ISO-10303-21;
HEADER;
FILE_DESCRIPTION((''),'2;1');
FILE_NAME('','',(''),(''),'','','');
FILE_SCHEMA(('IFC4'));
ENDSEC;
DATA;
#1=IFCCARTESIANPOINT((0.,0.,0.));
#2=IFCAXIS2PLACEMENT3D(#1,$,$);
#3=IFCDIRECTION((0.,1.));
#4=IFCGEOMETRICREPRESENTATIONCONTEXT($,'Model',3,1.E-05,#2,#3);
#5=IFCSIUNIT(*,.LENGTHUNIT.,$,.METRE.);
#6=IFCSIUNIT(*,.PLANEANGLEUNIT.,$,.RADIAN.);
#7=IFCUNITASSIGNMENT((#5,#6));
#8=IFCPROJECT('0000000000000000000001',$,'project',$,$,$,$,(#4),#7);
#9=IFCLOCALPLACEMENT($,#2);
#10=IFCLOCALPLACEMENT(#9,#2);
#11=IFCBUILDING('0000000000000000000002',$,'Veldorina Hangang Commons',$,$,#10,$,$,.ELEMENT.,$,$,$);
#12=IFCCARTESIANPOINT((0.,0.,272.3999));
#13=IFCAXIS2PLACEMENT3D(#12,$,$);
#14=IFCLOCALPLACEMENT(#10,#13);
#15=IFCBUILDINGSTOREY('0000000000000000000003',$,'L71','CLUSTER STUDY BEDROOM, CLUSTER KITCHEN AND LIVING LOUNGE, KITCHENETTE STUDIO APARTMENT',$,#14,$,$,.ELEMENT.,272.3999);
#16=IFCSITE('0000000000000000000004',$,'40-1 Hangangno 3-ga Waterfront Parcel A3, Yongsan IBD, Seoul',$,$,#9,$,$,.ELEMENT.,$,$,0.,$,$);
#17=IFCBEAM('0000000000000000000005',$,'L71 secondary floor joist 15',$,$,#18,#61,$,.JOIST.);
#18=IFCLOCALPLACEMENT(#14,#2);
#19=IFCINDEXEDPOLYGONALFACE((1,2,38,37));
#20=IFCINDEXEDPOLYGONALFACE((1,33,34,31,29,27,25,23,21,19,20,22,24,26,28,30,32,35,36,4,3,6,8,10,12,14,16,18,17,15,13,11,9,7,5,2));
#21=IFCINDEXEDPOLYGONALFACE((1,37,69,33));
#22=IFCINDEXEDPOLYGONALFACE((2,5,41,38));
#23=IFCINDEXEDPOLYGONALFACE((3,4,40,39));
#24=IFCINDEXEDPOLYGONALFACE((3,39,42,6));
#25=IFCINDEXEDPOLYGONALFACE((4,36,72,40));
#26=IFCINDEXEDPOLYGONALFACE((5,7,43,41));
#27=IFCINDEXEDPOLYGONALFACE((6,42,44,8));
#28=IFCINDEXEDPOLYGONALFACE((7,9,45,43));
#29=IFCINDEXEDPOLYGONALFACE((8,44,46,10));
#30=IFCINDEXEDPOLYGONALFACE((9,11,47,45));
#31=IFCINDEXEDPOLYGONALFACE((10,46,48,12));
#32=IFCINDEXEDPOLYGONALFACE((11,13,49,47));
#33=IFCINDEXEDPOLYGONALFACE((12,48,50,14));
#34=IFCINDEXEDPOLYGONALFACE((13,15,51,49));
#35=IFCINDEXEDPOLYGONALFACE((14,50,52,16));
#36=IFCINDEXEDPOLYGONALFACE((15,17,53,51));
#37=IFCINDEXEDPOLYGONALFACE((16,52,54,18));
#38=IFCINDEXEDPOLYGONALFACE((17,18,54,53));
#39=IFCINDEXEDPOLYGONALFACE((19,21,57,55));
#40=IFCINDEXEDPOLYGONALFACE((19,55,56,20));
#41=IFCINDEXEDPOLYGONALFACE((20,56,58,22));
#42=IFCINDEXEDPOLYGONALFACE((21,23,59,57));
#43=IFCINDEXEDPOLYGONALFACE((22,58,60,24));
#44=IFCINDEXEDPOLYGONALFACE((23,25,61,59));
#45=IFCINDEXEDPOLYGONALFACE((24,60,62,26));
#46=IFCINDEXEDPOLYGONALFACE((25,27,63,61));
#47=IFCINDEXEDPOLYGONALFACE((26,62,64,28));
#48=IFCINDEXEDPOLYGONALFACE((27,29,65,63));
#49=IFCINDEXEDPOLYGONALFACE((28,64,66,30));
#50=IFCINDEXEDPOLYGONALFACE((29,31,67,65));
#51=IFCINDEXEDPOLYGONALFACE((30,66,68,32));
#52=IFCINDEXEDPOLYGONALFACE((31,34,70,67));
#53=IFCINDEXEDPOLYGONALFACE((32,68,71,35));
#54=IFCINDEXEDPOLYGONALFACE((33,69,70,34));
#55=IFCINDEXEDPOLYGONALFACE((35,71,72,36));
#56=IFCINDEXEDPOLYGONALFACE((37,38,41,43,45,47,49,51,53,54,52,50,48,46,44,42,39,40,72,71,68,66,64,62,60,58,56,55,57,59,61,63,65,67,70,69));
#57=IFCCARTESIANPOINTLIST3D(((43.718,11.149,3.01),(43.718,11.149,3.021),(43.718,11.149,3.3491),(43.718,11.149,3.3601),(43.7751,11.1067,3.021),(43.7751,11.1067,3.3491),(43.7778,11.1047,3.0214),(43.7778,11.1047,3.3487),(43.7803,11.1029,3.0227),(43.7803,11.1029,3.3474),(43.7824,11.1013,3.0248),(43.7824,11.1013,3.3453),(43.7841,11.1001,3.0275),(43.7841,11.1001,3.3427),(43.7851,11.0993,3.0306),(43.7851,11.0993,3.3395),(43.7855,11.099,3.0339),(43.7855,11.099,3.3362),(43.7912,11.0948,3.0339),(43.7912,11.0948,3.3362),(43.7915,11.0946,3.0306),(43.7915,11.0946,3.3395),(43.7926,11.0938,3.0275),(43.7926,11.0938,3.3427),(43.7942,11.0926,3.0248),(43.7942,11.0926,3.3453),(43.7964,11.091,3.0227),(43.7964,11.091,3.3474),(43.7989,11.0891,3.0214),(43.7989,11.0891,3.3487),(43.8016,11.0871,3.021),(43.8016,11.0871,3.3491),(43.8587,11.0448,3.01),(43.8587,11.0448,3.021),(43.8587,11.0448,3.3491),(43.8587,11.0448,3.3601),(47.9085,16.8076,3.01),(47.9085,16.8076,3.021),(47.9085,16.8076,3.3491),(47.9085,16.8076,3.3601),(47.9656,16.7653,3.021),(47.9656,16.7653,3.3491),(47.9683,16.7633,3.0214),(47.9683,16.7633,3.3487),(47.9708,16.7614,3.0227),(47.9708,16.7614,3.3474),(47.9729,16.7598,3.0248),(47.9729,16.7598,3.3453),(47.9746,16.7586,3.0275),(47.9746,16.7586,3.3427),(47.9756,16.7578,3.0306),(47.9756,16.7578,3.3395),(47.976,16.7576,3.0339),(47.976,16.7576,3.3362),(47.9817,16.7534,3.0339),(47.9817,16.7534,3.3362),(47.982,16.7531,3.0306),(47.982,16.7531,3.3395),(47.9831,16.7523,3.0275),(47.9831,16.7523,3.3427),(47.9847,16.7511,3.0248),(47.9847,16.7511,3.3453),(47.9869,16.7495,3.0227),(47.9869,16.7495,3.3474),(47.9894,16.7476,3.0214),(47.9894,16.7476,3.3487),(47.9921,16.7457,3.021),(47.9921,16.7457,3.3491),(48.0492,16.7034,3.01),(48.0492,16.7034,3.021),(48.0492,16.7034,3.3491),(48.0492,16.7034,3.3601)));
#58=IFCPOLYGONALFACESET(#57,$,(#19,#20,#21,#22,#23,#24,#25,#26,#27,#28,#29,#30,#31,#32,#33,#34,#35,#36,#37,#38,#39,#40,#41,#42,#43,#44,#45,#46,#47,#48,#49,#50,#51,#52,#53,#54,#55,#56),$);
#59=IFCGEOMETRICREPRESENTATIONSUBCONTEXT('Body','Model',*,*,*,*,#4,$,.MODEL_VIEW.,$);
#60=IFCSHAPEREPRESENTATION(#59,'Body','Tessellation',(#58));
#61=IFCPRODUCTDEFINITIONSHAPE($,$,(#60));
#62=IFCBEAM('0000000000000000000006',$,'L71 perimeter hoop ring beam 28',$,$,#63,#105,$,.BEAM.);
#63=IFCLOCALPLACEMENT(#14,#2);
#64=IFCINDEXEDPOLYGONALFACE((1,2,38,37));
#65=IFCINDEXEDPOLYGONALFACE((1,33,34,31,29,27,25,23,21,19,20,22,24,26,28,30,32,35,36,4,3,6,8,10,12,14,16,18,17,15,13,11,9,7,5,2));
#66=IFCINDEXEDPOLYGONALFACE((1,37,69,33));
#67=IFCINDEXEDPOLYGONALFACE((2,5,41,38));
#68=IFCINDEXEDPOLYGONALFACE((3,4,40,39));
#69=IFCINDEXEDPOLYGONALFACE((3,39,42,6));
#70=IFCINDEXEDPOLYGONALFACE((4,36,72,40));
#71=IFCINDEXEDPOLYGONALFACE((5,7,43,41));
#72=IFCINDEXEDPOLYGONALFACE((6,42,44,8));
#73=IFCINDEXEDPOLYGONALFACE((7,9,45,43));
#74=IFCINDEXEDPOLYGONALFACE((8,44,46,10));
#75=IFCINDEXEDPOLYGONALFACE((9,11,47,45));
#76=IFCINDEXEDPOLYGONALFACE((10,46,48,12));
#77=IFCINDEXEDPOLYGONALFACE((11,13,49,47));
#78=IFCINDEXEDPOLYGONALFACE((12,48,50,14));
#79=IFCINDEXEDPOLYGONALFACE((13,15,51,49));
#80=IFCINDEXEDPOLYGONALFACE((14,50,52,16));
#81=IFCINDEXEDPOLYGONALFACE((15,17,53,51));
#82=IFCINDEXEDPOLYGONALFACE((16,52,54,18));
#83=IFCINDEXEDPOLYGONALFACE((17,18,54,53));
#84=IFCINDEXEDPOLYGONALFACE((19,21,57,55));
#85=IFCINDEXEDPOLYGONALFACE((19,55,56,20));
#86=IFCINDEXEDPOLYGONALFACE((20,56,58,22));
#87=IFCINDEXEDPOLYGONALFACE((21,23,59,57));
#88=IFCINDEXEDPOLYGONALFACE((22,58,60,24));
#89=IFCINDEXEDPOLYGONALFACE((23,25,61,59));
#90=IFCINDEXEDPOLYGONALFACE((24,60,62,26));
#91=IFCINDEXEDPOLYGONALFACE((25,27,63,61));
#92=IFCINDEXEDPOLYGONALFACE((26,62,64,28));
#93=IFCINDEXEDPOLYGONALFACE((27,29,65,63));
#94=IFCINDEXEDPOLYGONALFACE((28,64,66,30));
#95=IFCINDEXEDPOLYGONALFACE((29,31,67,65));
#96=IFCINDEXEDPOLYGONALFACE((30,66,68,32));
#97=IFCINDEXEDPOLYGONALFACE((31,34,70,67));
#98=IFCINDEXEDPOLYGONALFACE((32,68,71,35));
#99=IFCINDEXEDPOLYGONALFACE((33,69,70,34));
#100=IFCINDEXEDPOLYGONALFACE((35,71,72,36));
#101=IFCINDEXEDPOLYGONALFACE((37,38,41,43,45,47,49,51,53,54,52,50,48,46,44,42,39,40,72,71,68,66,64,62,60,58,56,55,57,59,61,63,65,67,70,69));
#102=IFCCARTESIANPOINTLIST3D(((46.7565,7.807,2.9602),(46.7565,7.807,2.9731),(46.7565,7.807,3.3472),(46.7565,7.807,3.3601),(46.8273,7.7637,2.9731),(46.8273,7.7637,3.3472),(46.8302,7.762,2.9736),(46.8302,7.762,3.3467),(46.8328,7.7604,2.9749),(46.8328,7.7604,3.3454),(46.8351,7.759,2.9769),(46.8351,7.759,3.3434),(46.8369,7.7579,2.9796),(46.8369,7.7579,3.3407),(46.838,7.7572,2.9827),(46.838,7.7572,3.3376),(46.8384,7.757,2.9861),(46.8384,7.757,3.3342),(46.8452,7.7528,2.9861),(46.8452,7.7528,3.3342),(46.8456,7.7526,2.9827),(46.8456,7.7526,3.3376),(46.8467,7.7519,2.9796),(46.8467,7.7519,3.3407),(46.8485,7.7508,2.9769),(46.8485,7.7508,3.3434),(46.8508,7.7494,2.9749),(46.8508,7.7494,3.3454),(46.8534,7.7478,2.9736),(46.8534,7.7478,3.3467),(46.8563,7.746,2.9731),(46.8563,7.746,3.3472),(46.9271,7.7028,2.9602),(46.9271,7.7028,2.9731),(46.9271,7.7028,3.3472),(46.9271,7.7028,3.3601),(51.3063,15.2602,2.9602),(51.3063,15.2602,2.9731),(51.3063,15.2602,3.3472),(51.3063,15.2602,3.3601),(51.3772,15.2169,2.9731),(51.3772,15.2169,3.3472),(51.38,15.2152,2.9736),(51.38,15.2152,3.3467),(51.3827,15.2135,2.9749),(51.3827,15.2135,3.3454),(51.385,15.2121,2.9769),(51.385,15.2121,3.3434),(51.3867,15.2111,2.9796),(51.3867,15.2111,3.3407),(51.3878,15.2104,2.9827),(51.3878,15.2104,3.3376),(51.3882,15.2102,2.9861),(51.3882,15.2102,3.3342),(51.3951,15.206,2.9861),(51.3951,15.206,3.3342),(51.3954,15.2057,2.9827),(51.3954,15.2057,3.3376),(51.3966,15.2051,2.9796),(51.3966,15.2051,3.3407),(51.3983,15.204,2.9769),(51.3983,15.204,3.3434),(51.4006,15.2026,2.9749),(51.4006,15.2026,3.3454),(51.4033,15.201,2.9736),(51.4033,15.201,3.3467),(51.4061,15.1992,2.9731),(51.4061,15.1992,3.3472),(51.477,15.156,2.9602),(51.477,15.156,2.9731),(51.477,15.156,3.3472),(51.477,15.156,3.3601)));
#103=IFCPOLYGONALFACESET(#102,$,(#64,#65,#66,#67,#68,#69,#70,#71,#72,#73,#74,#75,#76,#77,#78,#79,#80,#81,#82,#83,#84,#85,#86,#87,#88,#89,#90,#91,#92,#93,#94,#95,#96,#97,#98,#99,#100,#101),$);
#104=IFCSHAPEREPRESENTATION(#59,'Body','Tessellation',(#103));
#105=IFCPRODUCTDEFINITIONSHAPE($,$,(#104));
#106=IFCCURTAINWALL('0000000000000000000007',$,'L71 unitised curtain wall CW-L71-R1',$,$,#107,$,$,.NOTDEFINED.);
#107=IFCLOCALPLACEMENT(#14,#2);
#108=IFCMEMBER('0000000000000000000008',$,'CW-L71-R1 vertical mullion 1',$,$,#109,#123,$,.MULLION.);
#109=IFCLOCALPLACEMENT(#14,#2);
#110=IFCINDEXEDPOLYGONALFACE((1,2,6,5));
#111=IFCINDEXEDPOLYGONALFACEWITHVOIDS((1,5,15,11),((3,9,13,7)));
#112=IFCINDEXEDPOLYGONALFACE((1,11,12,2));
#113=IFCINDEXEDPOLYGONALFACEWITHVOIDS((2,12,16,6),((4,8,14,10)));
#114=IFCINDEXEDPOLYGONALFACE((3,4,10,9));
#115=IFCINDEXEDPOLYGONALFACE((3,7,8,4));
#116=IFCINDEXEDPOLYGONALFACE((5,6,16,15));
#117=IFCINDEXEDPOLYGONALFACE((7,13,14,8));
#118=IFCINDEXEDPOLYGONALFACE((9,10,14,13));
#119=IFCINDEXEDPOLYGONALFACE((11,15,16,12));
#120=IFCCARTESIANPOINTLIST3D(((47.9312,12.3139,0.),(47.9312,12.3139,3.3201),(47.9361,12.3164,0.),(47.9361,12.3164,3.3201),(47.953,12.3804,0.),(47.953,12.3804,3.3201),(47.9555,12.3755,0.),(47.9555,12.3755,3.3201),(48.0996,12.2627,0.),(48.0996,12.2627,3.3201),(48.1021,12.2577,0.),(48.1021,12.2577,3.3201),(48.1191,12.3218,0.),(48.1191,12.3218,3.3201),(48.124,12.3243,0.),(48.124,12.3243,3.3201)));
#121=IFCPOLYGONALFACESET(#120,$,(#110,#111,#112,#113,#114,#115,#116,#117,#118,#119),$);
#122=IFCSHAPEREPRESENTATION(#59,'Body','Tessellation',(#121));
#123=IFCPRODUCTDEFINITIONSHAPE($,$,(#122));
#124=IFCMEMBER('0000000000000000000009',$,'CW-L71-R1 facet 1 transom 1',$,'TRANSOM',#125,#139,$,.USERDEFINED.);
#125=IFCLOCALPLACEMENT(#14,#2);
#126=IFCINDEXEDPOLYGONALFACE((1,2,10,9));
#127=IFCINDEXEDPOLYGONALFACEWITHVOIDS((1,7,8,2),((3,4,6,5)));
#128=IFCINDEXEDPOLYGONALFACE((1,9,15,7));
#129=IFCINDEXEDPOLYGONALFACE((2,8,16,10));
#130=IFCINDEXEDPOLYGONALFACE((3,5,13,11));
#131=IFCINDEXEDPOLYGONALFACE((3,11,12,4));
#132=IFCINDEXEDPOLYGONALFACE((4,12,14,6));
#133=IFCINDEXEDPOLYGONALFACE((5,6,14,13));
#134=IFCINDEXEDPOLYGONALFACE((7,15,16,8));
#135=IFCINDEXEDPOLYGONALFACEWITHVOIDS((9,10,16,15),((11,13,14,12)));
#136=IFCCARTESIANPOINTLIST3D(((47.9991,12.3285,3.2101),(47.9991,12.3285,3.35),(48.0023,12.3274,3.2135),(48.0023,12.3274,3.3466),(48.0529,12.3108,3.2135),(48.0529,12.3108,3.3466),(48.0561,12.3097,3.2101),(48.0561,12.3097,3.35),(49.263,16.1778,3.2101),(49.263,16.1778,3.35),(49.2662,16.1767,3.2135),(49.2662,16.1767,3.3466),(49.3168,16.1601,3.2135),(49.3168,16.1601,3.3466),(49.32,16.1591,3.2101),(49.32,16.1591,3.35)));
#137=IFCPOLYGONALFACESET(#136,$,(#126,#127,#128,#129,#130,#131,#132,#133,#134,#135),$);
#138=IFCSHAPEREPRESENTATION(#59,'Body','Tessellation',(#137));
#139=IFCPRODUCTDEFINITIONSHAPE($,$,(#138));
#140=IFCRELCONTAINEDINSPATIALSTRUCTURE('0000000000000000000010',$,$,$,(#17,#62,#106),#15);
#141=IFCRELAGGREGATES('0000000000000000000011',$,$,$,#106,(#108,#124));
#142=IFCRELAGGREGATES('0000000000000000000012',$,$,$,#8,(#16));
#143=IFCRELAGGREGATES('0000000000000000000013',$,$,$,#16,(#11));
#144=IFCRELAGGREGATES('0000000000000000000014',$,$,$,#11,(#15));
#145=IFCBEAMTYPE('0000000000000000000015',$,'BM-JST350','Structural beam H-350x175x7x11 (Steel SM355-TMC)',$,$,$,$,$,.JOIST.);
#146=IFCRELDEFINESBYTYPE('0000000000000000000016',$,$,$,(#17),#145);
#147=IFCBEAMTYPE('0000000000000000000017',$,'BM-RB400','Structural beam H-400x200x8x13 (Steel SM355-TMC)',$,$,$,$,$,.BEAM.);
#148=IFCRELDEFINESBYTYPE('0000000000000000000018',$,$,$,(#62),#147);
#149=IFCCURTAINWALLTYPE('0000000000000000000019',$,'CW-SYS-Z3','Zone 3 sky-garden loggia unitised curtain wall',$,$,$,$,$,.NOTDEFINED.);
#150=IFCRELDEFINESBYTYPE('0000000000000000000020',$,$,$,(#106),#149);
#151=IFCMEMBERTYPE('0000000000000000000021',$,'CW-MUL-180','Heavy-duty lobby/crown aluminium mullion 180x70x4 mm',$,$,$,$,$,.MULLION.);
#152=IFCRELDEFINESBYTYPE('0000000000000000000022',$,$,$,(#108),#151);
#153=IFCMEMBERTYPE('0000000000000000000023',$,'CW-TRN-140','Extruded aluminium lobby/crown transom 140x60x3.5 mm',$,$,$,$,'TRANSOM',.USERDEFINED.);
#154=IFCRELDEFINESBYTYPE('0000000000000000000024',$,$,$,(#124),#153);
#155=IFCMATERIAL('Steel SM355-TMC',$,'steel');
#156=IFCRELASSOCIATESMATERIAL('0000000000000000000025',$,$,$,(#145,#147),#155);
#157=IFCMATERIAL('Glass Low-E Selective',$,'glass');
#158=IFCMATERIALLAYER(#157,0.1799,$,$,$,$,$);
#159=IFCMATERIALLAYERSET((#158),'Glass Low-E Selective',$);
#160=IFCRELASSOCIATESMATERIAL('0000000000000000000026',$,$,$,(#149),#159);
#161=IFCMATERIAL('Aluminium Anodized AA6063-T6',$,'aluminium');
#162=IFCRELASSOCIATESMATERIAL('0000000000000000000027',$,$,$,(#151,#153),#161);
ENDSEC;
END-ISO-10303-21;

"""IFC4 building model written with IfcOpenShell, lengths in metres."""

from ifc_helpers import new_model, si_unit, direction, frame, origin, origin_2d, place, context, subcontext, project, spatial, hollow_rectangle, i_section, extrude, material, layer, layer_set, material_profile, profile_set, type_object, element, aggregate, save


model = new_model("IFC4")

# Units and contexts
model_context = context("Model", 3, precision=1e-05, world=origin(), true_north=direction((0.0, 1.0)))
body_context = subcontext(model_context, "Body", "Model", "MODEL_VIEW")
ifc_project = project(units=[si_unit("LENGTHUNIT", "METRE"), si_unit("PLANEANGLEUNIT", "RADIAN")], contexts=[model_context])

# Site, building, storey
site_placement = place(None, origin())
site = spatial("IfcSite", under=ifc_project, at=site_placement, Name="40-1 Hangangno 3-ga Waterfront Parcel A3, Yongsan IBD, Seoul", CompositionType="ELEMENT", RefElevation=0.0)
building_placement = place(site_placement, origin())
building = spatial("IfcBuilding", under=site, at=building_placement, Name="Veldorina Hangang Commons", CompositionType="ELEMENT")
storey_placement = place(building_placement, frame((0.0, 0.0, 272.3999)))
storey = spatial("IfcBuildingStorey", under=building, at=storey_placement, Name="L71", Description="CLUSTER STUDY BEDROOM, CLUSTER KITCHEN AND LIVING LOUNGE, KITCHENETTE STUDIO APARTMENT", CompositionType="ELEMENT", Elevation=272.3999)

# Beams
ifc_material_1 = material(Name="Steel SM355-TMC", Category="steel")
ifc_material_profile_1 = material_profile(ifc_material_1, i_section(OverallWidth=0.175, OverallDepth=0.3501, WebThickness=0.0071, FlangeThickness=0.011, FilletRadius=0.0129, at=origin_2d()), Name="H-350x175x7x11")
ifc_profile_set_1 = profile_set([ifc_material_profile_1], Name="Steel SM355-TMC")
beam_type_1 = type_object("IfcBeamType", Name="BM-JST350", Description="Structural beam H-350x175x7x11 (Steel SM355-TMC)", PredefinedType="JOIST", material=ifc_profile_set_1)
beam_1_placement = place(storey_placement, frame((43.7883, 11.0969, 3.1851), z_axis=(0.595135, 0.803626, 0.0), x_axis=(-0.803626, 0.595135, 0.0)))
element("IfcBeam", 1, at=beam_1_placement, inside=storey, type_object=beam_type_1, Name="L71 secondary floor joist 15", PredefinedType="JOIST", context=body_context, shape_type="SweptSolid", body=[
    extrude(i_section(OverallWidth=0.175, OverallDepth=0.3501, WebThickness=0.0071, FlangeThickness=0.011, FilletRadius=0.0129, at=origin_2d()), origin(), (0.0, 0.0, 1.0), 7.0413),
])
ifc_material_profile_2 = material_profile(ifc_material_1, i_section(OverallWidth=0.2, OverallDepth=0.3999, WebThickness=0.0081, FlangeThickness=0.0129, FilletRadius=0.0129, at=origin_2d()), Name="H-400x200x8x13")
ifc_profile_set_2 = profile_set([ifc_material_profile_2], Name="Steel SM355-TMC")
beam_type_2 = type_object("IfcBeamType", Name="BM-RB400", Description="Structural beam H-400x200x8x13 (Steel SM355-TMC)", PredefinedType="BEAM", material=ifc_profile_set_2)
beam_2_placement = place(storey_placement, frame((46.8418, 7.7549, 3.1602), z_axis=(0.521043, 0.853531, 0.0), x_axis=(-0.853531, 0.521043, 0.0)))
element("IfcBeam", 2, at=beam_2_placement, inside=storey, type_object=beam_type_2, Name="L71 perimeter hoop ring beam 28", PredefinedType="BEAM", context=body_context, shape_type="SweptSolid", body=[
    extrude(i_section(OverallWidth=0.2, OverallDepth=0.3999, WebThickness=0.0081, FlangeThickness=0.0129, FilletRadius=0.0129, at=origin_2d()), origin(), (0.0, 0.0, 1.0), 8.7322),
])

# Curtain wall, members
ifc_material_2 = material(Name="Glass Low-E Selective", Category="glass")
ifc_layer_1 = layer(ifc_material_2, 0.1799)
ifc_layer_set_1 = layer_set([ifc_layer_1], Name="Glass Low-E Selective")
curtain_wall_type = type_object("IfcCurtainWallType", Name="CW-SYS-Z3", Description="Zone 3 sky-garden loggia unitised curtain wall", PredefinedType="NOTDEFINED", material=ifc_layer_set_1)
curtain_wall_placement = place(storey_placement, origin())
curtain_wall = element("IfcCurtainWall", 3, at=curtain_wall_placement, inside=storey, type_object=curtain_wall_type, Name="L71 unitised curtain wall CW-L71-R1", PredefinedType="NOTDEFINED")
ifc_material_3 = material(Name="Aluminium Anodized AA6063-T6", Category="aluminium")
ifc_material_profile_3 = material_profile(ifc_material_3, hollow_rectangle(XDim=0.0701, YDim=0.1799, WallThickness=0.0039, at=origin_2d()), Name="ALU-RHS-180x70x4")
ifc_profile_set_3 = profile_set([ifc_material_profile_3], Name="Aluminium Anodized AA6063-T6")
member_type_1 = type_object("IfcMemberType", Name="CW-MUL-180", Description="Heavy-duty lobby/crown aluminium mullion 180x70x4 mm", PredefinedType="MULLION", material=ifc_profile_set_3)
member_1_placement = place(storey_placement, frame((48.0276, 12.3191, 0.0), z_axis=(0.0, 0.0, 1.0), x_axis=(0.311954, 0.950097, 0.0)))
member_1 = element("IfcMember", 4, at=member_1_placement, type_object=member_type_1, Name="CW-L71-R1 vertical mullion 1", PredefinedType="MULLION", context=body_context, shape_type="SweptSolid", body=[
    extrude(hollow_rectangle(XDim=0.0701, YDim=0.1799, WallThickness=0.0039, at=origin_2d()), origin(), (0.0, 0.0, 1.0), 3.3201),
])
ifc_material_profile_4 = material_profile(ifc_material_3, hollow_rectangle(XDim=0.0601, YDim=0.1399, WallThickness=0.0034, at=origin_2d()), Name="ALU-RHS-140x60x3.5")
ifc_profile_set_4 = profile_set([ifc_material_profile_4], Name="Aluminium Anodized AA6063-T6")
member_type_2 = type_object("IfcMemberType", Name="CW-TRN-140", Description="Extruded aluminium lobby/crown transom 140x60x3.5 mm", ElementType="TRANSOM", PredefinedType="USERDEFINED", material=ifc_profile_set_4)
member_2_placement = place(storey_placement, frame((48.0276, 12.3191, 3.28), z_axis=(0.311958, 0.950096, 0.0), x_axis=(-0.950096, 0.311958, 0.0)))
member_2 = element("IfcMember", 5, at=member_2_placement, type_object=member_type_2, Name="CW-L71-R1 facet 1 transom 1", ObjectType="TRANSOM", PredefinedType="USERDEFINED", context=body_context, shape_type="SweptSolid", body=[
    extrude(hollow_rectangle(XDim=0.0601, YDim=0.1399, WallThickness=0.0034, at=origin_2d()), origin(), (0.0, 0.0, 1.0), 4.0515),
])
aggregate(curtain_wall, [member_1, member_2])

save(model, "model.ifc")
